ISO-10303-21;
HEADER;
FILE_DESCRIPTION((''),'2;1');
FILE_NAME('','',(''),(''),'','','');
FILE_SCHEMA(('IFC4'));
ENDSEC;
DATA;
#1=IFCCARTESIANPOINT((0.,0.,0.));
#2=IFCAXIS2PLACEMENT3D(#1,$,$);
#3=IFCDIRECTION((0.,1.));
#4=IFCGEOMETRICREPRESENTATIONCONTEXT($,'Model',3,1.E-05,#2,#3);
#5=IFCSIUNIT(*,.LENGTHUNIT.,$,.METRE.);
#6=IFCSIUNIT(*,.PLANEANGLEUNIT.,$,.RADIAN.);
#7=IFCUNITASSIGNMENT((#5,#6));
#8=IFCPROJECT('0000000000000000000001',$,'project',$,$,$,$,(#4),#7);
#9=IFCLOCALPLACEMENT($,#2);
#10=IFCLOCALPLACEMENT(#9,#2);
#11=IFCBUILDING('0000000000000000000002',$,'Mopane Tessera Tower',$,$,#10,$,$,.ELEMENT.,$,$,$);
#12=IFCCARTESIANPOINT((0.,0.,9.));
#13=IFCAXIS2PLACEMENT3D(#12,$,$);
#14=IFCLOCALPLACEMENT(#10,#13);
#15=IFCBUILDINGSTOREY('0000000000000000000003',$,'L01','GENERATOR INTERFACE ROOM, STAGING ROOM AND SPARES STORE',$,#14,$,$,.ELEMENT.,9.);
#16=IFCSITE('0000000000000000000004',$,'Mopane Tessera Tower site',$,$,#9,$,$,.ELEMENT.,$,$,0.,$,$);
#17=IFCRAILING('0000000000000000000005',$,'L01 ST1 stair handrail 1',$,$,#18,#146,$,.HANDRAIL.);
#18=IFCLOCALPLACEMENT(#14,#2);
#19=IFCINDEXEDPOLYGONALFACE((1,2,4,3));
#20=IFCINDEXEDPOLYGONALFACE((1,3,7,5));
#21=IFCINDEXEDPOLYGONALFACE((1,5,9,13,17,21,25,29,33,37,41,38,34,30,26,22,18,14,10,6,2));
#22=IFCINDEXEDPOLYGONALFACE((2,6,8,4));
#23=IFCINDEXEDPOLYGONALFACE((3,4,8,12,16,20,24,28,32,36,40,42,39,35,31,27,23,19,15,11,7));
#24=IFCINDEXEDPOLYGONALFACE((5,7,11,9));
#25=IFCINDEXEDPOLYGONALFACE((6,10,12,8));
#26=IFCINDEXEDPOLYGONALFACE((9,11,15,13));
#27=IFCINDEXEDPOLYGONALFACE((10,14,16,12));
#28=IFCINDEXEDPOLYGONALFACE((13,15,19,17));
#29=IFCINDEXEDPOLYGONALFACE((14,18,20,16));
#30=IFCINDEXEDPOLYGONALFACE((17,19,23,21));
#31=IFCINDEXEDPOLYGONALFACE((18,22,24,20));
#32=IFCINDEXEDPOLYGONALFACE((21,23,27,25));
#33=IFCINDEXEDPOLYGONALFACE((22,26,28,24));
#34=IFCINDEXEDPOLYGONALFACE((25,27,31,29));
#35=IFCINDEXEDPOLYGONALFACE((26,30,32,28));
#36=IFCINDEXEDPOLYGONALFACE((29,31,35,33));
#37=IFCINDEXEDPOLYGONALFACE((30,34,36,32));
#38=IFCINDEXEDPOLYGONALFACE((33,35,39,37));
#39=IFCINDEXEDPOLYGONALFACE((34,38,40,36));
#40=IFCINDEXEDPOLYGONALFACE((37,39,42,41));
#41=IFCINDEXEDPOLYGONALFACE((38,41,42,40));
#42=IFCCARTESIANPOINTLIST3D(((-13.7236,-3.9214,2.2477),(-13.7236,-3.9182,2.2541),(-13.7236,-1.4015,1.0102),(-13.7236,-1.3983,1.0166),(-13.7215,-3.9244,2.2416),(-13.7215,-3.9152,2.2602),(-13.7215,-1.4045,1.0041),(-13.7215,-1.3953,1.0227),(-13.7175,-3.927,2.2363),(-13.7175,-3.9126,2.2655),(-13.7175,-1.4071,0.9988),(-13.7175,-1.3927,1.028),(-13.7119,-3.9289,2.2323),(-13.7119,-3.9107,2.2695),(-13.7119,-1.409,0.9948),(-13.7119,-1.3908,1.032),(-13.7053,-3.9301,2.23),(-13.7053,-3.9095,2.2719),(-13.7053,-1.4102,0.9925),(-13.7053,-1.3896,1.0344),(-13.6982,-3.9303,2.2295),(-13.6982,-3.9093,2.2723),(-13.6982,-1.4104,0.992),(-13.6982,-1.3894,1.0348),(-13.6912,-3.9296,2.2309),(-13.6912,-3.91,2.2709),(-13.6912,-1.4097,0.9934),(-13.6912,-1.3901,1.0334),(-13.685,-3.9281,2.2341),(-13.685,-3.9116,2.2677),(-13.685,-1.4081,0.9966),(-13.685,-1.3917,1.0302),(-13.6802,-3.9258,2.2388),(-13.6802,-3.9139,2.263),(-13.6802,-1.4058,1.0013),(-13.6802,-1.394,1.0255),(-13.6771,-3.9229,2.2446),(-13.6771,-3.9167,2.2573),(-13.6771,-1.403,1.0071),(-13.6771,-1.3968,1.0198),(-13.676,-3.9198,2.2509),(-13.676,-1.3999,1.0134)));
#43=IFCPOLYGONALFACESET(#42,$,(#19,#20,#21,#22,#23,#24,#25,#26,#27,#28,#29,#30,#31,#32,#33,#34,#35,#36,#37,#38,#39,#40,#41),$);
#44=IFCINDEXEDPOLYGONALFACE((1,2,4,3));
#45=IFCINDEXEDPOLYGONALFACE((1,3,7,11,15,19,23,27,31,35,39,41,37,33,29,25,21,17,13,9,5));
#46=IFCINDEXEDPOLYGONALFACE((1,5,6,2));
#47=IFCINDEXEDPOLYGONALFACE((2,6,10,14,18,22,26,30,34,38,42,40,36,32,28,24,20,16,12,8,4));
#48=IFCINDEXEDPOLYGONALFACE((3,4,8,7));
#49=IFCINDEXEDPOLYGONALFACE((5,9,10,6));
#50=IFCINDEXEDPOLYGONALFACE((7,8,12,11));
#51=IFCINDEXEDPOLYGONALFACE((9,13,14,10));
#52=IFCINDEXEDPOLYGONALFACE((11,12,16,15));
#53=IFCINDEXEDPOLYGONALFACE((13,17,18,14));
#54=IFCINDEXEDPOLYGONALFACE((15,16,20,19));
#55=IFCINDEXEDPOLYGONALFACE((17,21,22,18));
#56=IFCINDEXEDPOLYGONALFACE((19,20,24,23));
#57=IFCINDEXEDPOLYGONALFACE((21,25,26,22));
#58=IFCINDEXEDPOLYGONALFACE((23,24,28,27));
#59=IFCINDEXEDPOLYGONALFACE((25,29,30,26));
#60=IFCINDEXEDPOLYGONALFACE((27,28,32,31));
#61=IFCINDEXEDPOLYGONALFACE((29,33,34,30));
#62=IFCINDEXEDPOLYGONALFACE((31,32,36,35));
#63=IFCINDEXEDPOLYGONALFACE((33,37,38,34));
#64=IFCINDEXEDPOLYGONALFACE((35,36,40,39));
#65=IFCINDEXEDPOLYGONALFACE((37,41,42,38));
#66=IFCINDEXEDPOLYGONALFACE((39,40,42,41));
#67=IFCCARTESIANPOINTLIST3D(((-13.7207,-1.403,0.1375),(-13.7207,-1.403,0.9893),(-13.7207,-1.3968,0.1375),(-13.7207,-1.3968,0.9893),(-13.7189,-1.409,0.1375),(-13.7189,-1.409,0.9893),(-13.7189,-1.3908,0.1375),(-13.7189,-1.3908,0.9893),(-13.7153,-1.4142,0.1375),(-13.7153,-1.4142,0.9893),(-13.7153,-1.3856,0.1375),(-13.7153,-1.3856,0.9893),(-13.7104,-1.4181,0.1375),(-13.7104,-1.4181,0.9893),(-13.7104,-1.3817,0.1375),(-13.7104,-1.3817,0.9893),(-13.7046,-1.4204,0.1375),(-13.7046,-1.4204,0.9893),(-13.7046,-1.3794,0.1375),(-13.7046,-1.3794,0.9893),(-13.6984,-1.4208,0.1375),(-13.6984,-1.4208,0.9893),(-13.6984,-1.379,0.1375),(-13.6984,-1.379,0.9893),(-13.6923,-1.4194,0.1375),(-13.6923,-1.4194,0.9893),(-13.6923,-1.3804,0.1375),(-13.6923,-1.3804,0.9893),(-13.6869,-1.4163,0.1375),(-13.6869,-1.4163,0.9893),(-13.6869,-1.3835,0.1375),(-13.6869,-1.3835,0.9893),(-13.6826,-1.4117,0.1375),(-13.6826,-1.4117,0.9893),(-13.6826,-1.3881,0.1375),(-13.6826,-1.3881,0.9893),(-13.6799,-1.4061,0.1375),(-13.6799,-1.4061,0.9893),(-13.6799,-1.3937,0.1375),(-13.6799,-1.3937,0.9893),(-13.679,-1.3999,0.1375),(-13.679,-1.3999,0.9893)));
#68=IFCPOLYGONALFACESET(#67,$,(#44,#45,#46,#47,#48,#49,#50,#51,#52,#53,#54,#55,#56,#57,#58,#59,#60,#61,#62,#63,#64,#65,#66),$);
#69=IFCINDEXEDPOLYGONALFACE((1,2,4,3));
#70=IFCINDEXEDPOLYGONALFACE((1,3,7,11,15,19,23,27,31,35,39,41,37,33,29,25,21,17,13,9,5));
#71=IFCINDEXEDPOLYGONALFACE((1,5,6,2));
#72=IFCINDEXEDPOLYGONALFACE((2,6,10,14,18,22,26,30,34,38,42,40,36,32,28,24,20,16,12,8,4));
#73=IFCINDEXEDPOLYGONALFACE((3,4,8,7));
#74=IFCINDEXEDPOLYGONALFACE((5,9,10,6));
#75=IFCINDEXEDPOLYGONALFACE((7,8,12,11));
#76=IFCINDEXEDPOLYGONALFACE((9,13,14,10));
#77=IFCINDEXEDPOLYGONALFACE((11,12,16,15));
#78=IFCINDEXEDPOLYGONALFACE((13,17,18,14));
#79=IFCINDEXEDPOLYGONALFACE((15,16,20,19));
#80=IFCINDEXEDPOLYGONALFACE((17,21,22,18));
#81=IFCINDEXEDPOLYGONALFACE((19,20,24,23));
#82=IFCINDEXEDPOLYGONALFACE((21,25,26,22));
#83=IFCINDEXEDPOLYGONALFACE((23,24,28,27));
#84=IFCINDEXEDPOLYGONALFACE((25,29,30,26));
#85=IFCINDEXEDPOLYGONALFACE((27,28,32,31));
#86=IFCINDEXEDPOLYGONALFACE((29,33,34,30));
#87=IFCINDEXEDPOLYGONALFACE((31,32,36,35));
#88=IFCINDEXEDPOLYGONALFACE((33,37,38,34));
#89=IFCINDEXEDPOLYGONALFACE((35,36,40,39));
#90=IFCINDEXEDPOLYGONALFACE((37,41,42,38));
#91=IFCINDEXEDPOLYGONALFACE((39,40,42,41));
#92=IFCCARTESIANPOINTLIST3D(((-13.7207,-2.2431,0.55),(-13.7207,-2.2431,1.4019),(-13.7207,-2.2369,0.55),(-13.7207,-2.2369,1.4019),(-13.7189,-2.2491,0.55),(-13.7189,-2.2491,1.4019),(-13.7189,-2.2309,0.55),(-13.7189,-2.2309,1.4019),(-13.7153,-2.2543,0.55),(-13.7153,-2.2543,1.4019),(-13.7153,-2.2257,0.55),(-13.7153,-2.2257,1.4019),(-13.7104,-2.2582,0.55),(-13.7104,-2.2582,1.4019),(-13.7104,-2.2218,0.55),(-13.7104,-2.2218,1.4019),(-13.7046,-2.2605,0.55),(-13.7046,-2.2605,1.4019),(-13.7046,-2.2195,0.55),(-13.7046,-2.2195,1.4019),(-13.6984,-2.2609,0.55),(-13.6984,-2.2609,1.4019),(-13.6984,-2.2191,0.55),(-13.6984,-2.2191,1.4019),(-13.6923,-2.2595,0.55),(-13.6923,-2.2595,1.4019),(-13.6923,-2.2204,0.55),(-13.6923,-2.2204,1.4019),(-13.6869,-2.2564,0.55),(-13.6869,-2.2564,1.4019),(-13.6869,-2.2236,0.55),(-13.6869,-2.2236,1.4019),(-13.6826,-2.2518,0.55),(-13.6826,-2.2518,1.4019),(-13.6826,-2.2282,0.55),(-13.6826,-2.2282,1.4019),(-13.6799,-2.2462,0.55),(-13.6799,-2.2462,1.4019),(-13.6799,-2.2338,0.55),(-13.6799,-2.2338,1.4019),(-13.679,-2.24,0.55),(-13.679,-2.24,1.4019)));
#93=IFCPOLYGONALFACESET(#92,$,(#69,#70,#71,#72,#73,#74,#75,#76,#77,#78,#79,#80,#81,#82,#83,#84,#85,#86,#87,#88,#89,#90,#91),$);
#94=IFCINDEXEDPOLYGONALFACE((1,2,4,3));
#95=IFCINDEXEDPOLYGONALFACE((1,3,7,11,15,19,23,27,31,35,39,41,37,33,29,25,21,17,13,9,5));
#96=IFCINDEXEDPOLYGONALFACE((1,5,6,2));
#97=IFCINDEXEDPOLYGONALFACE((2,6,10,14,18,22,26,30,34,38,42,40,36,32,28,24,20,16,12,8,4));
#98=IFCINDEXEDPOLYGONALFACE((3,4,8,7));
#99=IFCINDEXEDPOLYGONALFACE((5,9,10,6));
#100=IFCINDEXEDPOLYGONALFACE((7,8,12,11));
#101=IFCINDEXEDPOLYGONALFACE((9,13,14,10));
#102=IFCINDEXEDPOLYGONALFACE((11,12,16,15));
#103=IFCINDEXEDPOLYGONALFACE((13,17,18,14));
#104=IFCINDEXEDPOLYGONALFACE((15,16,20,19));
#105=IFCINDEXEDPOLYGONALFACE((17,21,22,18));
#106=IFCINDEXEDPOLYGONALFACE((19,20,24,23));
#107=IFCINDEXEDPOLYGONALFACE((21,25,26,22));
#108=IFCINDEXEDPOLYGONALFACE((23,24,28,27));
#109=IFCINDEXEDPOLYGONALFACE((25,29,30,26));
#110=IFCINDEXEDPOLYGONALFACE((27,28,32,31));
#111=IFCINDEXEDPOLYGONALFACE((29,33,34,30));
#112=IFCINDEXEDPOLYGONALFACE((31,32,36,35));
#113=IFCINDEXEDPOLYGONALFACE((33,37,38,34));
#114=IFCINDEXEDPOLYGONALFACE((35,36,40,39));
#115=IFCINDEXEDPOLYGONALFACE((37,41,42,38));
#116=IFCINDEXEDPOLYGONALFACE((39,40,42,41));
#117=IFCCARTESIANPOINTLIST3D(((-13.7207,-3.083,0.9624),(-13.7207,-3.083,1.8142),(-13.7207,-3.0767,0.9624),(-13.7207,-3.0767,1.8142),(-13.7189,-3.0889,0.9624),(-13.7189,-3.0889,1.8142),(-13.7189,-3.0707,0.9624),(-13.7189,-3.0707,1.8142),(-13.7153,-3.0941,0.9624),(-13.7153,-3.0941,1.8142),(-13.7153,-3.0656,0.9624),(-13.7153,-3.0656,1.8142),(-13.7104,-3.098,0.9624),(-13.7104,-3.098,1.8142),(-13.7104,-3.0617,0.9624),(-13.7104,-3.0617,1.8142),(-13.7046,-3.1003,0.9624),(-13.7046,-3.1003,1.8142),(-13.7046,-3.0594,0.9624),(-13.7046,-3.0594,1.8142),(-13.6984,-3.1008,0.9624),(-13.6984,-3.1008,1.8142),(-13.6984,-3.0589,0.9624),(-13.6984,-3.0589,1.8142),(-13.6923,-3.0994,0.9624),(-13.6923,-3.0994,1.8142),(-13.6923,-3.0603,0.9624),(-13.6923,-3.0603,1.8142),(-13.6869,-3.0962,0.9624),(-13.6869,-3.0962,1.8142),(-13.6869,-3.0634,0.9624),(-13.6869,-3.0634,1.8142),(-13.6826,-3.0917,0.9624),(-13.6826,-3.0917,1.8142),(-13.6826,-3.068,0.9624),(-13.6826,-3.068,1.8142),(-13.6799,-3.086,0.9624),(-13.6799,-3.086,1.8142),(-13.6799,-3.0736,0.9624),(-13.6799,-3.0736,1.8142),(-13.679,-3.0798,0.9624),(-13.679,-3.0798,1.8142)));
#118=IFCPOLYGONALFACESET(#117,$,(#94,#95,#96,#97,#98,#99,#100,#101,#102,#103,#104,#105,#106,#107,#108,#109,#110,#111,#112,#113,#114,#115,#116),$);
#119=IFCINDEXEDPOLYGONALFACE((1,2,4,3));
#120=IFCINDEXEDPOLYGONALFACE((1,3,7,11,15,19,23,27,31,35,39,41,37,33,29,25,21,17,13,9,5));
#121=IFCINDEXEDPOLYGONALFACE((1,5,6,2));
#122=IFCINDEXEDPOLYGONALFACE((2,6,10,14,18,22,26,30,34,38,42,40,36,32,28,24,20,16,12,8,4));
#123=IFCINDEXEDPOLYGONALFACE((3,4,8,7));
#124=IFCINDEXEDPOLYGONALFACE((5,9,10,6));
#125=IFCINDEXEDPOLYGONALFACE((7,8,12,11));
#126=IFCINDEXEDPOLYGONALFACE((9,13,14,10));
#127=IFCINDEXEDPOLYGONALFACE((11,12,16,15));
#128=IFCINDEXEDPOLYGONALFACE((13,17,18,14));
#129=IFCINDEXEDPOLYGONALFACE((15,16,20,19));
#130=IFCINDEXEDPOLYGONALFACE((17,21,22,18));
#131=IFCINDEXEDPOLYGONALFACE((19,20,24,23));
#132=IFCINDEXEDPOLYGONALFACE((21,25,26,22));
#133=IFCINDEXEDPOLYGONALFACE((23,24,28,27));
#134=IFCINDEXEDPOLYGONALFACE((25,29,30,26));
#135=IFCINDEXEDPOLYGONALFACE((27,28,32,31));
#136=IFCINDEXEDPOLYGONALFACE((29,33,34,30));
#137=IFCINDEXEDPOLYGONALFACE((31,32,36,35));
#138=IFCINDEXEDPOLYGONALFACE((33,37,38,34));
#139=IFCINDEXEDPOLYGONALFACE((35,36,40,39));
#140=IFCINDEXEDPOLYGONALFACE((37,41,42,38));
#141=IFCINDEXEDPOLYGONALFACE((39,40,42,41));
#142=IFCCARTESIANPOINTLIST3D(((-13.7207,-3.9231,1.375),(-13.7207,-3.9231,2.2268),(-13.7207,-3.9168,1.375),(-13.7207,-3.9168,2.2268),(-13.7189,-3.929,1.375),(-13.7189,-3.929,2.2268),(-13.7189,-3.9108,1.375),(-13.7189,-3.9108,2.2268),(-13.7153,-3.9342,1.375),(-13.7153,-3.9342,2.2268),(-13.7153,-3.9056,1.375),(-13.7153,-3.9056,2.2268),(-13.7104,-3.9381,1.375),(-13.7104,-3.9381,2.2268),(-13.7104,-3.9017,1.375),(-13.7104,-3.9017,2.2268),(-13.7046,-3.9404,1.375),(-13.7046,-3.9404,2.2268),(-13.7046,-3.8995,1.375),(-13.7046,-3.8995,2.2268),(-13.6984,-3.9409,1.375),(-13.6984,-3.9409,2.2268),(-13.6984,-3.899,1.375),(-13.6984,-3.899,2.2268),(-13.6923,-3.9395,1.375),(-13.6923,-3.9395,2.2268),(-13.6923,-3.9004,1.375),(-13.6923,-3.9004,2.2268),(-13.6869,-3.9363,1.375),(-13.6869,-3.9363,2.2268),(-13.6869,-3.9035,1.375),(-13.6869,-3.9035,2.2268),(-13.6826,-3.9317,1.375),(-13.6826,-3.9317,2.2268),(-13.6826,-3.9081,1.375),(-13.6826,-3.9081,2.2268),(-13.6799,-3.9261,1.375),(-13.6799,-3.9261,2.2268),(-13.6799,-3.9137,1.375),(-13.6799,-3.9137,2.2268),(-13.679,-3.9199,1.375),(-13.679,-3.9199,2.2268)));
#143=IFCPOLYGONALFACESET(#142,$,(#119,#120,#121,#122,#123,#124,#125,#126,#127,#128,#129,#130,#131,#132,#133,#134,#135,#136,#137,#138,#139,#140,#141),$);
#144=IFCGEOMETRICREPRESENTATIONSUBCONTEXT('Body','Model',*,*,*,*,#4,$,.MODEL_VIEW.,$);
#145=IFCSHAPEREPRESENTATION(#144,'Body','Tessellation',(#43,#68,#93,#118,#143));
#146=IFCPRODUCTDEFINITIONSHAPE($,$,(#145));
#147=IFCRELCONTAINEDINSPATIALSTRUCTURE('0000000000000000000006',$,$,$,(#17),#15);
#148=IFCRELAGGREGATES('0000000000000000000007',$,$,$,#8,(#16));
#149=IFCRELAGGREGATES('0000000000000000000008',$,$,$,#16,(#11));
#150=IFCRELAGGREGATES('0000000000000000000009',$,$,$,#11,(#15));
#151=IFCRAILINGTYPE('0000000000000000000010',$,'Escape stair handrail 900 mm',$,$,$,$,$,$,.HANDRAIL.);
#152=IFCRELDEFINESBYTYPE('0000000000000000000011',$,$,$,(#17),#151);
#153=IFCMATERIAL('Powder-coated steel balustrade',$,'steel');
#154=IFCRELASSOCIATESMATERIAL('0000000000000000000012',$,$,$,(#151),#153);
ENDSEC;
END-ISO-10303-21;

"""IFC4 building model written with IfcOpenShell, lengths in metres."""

from ifc_helpers import new_model, si_unit, direction, frame, origin, origin_2d, place, context, subcontext, project, spatial, circle, extrude, material, type_object, element, save


model = new_model("IFC4")

# Units and contexts
model_context = context("Model", 3, precision=1e-05, world=origin(), true_north=direction((0.0, 1.0)))
body_context = subcontext(model_context, "Body", "Model", "MODEL_VIEW")
ifc_project = project(units=[si_unit("LENGTHUNIT", "METRE"), si_unit("PLANEANGLEUNIT", "RADIAN")], contexts=[model_context])

# Site, building, storey
site_placement = place(None, origin())
site = spatial("IfcSite", under=ifc_project, at=site_placement, Name="Mopane Tessera Tower site", CompositionType="ELEMENT", RefElevation=0.0)
building_placement = place(site_placement, origin())
building = spatial("IfcBuilding", under=site, at=building_placement, Name="Mopane Tessera Tower", CompositionType="ELEMENT")
storey_placement = place(building_placement, frame((0.0, 0.0, 9.0)))
storey = spatial("IfcBuildingStorey", under=building, at=storey_placement, Name="L01", Description="GENERATOR INTERFACE ROOM, STAGING ROOM AND SPARES STORE", CompositionType="ELEMENT", Elevation=9.0)

# Railing
ifc_material_1 = material(Name="Powder-coated steel balustrade", Category="steel")
railing_type = type_object("IfcRailingType", Name="Escape stair handrail 900 mm", PredefinedType="HANDRAIL", material=ifc_material_1)
railing_placement = place(storey_placement, frame((-13.7, -1.3999, 0.1375)))
element("IfcRailing", 1, at=railing_placement, inside=storey, type_object=railing_type, Name="L01 ST1 stair handrail 1", PredefinedType="HANDRAIL", context=body_context, shape_type="SweptSolid", body=[
    extrude(circle(Radius=0.0239, at=origin_2d()), frame((0.0, 0.0, 0.876), z_axis=(0.0, -0.897604, 0.440802), x_axis=(1.0, 0.0, 0.0)), (0.0, 0.0, 1.0), 2.8074),
    extrude(circle(Radius=0.021, at=origin_2d()), origin(), (0.0, 0.0, 1.0), 0.8518),
    extrude(circle(Radius=0.021, at=origin_2d()), frame((0.0, -0.8401, 0.4126)), (0.0, 0.0, 1.0), 0.8518),
    extrude(circle(Radius=0.021, at=origin_2d()), frame((0.0, -1.6799, 0.825)), (0.0, 0.0, 1.0), 0.8518),
    extrude(circle(Radius=0.021, at=origin_2d()), frame((0.0, -2.52, 1.2375)), (0.0, 0.0, 1.0), 0.8518),
])

save(model, "model.ifc")
